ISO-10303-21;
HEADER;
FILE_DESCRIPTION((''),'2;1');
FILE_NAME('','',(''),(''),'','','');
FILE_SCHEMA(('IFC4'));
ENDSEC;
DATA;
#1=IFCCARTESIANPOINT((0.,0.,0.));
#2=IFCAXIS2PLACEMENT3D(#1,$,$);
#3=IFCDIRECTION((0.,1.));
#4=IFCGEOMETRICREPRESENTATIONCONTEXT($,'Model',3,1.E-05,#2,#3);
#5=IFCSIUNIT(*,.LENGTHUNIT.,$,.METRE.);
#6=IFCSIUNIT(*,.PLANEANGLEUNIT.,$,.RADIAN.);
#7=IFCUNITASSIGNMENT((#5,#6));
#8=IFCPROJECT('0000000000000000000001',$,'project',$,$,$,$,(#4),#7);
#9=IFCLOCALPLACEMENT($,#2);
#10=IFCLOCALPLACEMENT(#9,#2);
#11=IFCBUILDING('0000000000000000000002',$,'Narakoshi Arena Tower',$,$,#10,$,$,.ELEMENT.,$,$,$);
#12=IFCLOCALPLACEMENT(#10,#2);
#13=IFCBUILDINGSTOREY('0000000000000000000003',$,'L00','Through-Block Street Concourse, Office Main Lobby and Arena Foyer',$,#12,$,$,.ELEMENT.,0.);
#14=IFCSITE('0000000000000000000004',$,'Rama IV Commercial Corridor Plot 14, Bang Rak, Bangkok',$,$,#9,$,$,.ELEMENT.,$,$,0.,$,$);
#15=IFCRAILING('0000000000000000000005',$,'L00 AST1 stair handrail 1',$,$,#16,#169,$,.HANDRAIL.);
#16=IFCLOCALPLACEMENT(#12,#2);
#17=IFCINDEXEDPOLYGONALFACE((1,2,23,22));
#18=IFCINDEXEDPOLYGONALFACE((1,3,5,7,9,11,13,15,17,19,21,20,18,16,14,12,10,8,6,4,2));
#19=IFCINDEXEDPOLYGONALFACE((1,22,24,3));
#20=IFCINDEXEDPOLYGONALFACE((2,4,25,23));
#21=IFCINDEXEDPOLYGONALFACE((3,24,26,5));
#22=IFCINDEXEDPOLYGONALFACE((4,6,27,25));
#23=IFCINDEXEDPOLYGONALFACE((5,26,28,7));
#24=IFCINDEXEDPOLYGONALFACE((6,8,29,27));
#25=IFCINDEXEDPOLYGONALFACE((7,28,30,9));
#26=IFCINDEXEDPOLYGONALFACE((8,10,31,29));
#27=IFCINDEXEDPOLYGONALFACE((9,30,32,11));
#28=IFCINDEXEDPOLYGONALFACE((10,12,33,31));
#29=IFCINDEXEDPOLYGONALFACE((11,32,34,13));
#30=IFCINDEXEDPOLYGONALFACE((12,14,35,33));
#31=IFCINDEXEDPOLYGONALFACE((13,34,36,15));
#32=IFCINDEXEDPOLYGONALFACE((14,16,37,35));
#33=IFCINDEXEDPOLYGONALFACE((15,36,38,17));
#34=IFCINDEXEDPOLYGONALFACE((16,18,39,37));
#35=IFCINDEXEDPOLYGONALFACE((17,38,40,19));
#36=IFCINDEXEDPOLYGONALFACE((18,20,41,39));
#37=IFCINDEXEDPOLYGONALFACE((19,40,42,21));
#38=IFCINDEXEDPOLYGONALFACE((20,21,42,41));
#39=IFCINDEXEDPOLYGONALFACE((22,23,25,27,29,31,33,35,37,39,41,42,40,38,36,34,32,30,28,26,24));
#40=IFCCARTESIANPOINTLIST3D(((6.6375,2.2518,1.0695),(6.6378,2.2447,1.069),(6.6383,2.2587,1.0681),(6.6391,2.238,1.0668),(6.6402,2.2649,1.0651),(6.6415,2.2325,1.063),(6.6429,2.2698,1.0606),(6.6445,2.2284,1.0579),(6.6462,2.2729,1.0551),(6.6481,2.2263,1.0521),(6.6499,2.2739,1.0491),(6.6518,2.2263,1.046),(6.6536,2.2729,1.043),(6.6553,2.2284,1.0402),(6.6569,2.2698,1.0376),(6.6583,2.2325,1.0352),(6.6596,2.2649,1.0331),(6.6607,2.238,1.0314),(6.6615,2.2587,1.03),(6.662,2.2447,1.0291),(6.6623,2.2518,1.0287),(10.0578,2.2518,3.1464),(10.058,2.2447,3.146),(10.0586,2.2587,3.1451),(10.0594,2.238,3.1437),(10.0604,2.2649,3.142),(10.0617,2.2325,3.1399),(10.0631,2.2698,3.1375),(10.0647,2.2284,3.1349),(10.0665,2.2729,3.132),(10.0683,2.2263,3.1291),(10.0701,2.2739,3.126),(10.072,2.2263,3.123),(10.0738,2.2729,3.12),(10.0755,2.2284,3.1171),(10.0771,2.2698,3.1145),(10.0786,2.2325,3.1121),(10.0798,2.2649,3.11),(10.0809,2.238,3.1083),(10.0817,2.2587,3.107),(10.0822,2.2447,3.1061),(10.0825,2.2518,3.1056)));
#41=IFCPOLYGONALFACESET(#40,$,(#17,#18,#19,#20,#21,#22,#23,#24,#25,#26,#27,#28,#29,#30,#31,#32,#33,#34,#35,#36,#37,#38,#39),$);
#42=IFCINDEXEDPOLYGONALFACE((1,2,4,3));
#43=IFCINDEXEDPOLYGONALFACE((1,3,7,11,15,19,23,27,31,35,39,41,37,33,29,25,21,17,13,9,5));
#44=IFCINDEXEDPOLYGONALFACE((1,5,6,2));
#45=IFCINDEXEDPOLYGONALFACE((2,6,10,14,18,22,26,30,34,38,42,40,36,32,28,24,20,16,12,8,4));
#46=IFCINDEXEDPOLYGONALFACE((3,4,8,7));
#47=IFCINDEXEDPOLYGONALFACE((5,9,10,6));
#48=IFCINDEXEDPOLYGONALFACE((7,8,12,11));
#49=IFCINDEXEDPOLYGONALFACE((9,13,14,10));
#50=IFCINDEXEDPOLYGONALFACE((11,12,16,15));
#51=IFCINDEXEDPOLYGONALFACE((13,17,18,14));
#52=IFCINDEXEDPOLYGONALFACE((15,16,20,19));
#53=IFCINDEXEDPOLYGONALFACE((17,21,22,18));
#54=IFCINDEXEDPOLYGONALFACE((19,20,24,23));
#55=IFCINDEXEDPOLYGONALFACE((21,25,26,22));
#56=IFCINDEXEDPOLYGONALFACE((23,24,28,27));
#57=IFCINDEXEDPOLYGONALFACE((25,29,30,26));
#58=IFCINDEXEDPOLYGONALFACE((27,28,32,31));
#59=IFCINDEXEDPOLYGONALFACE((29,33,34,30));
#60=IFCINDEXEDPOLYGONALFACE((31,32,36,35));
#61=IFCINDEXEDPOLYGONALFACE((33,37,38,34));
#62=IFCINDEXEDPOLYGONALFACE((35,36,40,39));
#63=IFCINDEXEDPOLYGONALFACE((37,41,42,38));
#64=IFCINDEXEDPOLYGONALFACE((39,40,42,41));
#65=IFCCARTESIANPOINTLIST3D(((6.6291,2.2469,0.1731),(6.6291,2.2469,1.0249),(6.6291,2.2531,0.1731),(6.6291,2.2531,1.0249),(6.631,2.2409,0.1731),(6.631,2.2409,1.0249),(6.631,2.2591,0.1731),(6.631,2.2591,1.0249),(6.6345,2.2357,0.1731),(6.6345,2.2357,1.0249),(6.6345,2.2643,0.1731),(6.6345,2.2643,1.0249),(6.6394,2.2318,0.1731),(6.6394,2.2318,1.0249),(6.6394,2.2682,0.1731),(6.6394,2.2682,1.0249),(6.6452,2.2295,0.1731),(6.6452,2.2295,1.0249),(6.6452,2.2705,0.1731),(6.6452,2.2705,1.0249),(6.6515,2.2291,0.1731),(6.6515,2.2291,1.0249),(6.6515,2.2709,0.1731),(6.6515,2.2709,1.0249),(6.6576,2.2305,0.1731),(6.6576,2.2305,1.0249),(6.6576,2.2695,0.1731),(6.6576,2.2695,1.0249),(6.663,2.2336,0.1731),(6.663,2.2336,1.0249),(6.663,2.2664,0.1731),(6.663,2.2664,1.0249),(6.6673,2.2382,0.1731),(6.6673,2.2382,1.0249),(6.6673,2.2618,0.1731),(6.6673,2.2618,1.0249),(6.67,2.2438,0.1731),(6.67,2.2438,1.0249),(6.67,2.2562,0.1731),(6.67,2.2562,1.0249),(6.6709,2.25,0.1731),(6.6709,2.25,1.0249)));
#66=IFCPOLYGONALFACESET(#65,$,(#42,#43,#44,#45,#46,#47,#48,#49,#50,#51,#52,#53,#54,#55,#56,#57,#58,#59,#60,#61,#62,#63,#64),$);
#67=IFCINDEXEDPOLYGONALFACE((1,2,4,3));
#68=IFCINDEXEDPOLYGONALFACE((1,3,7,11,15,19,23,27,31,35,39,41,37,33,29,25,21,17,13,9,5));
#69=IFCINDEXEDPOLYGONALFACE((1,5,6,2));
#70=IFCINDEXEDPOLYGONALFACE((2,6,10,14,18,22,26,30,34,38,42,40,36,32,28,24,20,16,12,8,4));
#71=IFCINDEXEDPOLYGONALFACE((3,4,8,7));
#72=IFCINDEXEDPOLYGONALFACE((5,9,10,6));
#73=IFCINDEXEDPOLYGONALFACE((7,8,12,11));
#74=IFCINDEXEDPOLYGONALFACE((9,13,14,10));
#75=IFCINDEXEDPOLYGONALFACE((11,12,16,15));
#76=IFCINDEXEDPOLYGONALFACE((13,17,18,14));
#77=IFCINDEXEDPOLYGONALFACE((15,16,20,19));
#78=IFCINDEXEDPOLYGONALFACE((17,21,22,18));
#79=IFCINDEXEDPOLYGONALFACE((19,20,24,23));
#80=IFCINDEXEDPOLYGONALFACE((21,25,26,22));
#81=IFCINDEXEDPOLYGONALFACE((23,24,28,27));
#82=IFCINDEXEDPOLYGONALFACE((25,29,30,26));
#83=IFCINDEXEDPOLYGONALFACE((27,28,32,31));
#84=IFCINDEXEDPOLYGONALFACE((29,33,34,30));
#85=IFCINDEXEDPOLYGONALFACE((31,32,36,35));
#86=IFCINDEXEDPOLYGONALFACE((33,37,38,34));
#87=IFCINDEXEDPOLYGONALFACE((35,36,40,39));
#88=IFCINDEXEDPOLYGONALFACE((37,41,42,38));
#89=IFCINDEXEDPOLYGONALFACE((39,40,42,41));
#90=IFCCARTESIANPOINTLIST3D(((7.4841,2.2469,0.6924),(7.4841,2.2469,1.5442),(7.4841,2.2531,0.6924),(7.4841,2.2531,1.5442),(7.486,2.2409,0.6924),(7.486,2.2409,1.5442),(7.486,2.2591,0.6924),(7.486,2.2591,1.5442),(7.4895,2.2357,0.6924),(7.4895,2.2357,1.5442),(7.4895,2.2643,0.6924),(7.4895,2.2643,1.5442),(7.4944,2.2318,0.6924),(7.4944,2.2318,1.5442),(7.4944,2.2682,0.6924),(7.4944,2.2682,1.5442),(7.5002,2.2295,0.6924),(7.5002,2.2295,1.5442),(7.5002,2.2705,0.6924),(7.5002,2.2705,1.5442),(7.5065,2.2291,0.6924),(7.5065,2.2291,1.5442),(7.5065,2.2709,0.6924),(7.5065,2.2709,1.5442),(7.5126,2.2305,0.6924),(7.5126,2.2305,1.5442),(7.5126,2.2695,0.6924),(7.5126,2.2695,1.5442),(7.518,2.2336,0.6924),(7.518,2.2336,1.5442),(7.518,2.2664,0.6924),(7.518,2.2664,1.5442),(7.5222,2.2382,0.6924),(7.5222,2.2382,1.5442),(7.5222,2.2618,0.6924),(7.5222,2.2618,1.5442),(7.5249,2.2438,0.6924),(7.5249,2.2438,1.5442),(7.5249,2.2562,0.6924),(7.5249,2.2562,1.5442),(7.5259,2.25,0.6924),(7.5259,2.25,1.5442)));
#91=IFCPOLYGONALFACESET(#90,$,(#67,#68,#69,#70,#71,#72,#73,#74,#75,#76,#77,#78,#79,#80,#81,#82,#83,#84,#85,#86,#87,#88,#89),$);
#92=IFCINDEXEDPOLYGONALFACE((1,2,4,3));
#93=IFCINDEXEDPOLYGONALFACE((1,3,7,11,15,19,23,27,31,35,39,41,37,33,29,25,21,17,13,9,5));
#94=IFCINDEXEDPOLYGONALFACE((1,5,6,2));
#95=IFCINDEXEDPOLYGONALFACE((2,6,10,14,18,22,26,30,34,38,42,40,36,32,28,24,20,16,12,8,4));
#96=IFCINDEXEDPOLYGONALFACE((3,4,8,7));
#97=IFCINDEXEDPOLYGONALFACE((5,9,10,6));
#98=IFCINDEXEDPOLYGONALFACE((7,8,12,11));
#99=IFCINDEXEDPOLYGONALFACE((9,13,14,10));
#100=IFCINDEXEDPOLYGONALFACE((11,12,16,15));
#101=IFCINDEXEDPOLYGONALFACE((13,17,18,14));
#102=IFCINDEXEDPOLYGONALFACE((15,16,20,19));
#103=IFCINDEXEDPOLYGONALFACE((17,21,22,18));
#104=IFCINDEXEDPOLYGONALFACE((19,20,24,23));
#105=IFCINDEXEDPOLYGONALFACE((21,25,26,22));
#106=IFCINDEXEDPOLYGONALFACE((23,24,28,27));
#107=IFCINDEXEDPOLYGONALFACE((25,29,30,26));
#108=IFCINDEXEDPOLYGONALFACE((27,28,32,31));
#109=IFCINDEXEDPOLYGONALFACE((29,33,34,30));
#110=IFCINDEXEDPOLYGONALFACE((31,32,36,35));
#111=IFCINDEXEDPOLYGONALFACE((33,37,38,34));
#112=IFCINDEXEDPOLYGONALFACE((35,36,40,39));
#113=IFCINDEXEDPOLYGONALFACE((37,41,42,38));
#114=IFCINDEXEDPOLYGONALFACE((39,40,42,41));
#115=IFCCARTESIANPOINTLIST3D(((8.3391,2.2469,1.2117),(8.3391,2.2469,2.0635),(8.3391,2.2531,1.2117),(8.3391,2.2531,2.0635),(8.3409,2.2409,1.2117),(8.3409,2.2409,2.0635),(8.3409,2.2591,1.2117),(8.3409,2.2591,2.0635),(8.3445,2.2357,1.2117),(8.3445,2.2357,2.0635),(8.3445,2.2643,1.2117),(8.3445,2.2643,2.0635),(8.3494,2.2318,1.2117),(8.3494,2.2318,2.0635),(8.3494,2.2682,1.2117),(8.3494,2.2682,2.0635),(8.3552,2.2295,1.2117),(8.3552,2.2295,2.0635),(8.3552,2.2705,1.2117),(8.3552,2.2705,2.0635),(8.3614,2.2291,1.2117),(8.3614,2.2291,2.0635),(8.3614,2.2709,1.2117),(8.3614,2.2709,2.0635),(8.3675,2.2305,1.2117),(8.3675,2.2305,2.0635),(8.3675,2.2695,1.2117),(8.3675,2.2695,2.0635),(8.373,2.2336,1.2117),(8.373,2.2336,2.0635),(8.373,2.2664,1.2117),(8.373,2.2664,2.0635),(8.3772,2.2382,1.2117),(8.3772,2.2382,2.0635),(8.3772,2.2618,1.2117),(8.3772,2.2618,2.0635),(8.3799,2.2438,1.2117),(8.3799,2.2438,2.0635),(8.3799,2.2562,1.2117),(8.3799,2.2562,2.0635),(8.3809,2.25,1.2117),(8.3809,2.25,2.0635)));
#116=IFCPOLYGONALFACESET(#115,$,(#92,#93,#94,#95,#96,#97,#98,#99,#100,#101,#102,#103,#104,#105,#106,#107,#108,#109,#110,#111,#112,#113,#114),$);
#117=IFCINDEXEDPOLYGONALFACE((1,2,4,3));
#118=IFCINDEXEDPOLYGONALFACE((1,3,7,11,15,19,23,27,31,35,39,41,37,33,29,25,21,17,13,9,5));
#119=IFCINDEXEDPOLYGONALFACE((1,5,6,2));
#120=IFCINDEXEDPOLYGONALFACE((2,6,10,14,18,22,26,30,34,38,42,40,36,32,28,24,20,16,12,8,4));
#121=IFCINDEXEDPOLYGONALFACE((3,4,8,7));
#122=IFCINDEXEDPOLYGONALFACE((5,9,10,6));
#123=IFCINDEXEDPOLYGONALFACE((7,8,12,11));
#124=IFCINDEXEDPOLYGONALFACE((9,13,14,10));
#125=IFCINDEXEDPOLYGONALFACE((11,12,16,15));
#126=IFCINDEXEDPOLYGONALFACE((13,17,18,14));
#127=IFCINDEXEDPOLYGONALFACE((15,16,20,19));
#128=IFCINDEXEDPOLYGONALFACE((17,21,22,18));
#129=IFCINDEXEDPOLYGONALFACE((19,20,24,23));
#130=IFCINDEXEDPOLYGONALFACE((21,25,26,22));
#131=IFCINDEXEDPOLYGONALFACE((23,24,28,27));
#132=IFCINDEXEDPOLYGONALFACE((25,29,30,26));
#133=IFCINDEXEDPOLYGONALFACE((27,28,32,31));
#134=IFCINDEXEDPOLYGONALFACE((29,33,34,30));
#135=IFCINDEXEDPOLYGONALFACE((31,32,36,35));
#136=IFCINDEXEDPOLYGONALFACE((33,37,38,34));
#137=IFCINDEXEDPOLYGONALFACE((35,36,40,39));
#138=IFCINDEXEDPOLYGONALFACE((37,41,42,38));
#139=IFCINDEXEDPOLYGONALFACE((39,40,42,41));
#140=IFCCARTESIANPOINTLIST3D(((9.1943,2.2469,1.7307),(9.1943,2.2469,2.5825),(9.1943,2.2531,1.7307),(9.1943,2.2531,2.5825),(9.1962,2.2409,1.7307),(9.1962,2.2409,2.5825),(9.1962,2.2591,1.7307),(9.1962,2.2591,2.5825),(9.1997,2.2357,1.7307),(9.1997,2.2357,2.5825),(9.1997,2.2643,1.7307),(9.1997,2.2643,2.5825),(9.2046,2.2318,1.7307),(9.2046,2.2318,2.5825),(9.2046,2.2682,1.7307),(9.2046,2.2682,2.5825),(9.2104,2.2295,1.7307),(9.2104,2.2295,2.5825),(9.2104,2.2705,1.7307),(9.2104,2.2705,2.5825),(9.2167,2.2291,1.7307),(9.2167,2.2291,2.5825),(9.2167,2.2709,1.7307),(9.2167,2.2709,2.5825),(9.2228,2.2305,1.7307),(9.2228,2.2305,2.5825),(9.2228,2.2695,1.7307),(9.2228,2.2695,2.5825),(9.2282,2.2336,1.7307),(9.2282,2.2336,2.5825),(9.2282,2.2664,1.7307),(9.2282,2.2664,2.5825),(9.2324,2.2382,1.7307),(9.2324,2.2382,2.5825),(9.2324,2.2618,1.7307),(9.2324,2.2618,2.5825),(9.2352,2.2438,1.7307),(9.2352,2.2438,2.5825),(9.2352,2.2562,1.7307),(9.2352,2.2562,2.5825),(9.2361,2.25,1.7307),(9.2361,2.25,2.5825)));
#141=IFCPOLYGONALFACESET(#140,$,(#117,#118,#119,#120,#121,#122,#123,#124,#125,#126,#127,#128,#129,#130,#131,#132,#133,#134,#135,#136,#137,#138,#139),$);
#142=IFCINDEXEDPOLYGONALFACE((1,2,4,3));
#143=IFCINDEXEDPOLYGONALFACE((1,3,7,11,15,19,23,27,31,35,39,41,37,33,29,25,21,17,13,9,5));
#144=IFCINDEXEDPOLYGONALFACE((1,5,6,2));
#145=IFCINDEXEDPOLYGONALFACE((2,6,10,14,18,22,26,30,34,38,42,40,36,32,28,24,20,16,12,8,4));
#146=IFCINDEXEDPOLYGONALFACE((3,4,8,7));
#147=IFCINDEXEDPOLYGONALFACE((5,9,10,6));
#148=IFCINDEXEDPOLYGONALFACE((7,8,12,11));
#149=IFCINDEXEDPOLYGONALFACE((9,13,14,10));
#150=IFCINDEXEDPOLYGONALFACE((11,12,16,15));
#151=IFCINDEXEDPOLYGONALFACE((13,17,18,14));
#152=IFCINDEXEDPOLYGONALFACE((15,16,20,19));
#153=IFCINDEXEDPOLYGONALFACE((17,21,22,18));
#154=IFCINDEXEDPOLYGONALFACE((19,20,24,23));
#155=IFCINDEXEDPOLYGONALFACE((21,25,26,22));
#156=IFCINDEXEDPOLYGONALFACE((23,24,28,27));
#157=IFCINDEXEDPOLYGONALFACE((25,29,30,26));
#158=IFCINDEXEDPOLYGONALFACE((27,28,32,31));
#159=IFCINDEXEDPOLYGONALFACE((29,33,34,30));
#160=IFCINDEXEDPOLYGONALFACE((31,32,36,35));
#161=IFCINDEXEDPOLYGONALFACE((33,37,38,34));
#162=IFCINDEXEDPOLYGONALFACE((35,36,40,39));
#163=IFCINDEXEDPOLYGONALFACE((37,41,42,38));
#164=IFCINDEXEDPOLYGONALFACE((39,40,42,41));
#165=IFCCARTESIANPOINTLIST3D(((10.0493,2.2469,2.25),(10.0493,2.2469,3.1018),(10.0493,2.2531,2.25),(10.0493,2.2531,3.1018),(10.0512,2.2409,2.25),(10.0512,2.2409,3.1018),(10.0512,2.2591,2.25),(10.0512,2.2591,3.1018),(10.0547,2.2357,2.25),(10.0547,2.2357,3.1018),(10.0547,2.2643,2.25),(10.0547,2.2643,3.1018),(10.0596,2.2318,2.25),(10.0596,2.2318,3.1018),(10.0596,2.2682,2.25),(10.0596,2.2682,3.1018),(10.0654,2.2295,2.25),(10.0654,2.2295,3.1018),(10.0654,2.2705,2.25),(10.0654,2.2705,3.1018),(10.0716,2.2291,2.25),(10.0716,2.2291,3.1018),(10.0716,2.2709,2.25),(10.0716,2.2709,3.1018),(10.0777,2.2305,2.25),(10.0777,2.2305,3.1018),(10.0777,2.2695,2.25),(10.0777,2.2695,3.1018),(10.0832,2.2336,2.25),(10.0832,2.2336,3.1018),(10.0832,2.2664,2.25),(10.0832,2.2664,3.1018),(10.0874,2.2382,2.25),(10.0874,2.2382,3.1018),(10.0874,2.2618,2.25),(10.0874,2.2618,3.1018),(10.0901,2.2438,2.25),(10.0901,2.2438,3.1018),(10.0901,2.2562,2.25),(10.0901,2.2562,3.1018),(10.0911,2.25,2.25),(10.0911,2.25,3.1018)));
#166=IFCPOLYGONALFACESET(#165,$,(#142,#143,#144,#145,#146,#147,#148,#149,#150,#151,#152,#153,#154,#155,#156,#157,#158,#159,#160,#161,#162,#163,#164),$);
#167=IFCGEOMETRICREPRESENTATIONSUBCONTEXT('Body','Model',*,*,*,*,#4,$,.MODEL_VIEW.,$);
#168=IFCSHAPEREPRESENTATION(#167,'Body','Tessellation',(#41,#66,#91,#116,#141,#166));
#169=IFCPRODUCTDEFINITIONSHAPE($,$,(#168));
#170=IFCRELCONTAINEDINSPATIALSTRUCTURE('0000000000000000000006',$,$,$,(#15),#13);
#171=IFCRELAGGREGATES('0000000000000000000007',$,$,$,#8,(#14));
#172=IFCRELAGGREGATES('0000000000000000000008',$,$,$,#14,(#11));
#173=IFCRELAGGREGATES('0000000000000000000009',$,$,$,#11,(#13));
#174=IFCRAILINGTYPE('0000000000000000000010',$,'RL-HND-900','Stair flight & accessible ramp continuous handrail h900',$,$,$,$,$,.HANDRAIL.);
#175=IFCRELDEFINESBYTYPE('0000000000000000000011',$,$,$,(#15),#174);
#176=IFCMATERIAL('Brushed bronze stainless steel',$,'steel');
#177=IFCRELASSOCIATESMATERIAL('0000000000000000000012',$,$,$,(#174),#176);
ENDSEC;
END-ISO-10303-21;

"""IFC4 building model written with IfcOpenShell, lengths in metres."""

from ifc_helpers import new_model, si_unit, direction, frame, origin, origin_2d, place, context, subcontext, project, spatial, circle, extrude, material, type_object, element, save


model = new_model("IFC4")

# Units and contexts
model_context = context("Model", 3, precision=1e-05, world=origin(), true_north=direction((0.0, 1.0)))
body_context = subcontext(model_context, "Body", "Model", "MODEL_VIEW")
ifc_project = project(units=[si_unit("LENGTHUNIT", "METRE"), si_unit("PLANEANGLEUNIT", "RADIAN")], contexts=[model_context])

# Site, building, storey
site_placement = place(None, origin())
site = spatial("IfcSite", under=ifc_project, at=site_placement, Name="Rama IV Commercial Corridor Plot 14, Bang Rak, Bangkok", CompositionType="ELEMENT", RefElevation=0.0)
building_placement = place(site_placement, origin())
building = spatial("IfcBuilding", under=site, at=building_placement, Name="Narakoshi Arena Tower", CompositionType="ELEMENT")
storey_placement = place(building_placement, origin())
storey = spatial("IfcBuildingStorey", under=building, at=storey_placement, Name="L00", Description="Through-Block Street Concourse, Office Main Lobby and Arena Foyer", CompositionType="ELEMENT", Elevation=0.0)

# Railing
ifc_material_1 = material(Name="Brushed bronze stainless steel", Category="steel")
railing_type_1 = type_object("IfcRailingType", Name="RL-HND-900", Description="Stair flight & accessible ramp continuous handrail h900", PredefinedType="HANDRAIL", material=ifc_material_1)
for number, where, name in (
    (1, (6.6499, 2.25, 0.1731), "L00 AST1 stair handrail 1"),
):
    element("IfcRailing", number, at=place(storey_placement, frame(where)), inside=storey, type_object=railing_type_1, Name=name, PredefinedType="HANDRAIL", context=body_context, shape_type="SweptSolid", body=[
        extrude(circle(Radius=0.0239, at=origin_2d()), frame((0.0, 0.0, 0.876), z_axis=(0.854746, 0.0, 0.519047), x_axis=(0.0, 1.0, 0.0)), (0.0, 0.0, 1.0), 4.0015),
        extrude(circle(Radius=0.021, at=origin_2d()), origin(), (0.0, 0.0, 1.0), 0.8518),
        extrude(circle(Radius=0.021, at=origin_2d()), frame((0.855, 0.0, 0.5193)), (0.0, 0.0, 1.0), 0.8518),
        extrude(circle(Radius=0.021, at=origin_2d()), frame((1.71, 0.0, 1.0386)), (0.0, 0.0, 1.0), 0.8518),
        extrude(circle(Radius=0.021, at=origin_2d()), frame((2.5652, 0.0, 1.5576)), (0.0, 0.0, 1.0), 0.8518),
        extrude(circle(Radius=0.021, at=origin_2d()), frame((3.4202, 0.0, 2.0769)), (0.0, 0.0, 1.0), 0.8518),
    ])

save(model, "model.ifc")
